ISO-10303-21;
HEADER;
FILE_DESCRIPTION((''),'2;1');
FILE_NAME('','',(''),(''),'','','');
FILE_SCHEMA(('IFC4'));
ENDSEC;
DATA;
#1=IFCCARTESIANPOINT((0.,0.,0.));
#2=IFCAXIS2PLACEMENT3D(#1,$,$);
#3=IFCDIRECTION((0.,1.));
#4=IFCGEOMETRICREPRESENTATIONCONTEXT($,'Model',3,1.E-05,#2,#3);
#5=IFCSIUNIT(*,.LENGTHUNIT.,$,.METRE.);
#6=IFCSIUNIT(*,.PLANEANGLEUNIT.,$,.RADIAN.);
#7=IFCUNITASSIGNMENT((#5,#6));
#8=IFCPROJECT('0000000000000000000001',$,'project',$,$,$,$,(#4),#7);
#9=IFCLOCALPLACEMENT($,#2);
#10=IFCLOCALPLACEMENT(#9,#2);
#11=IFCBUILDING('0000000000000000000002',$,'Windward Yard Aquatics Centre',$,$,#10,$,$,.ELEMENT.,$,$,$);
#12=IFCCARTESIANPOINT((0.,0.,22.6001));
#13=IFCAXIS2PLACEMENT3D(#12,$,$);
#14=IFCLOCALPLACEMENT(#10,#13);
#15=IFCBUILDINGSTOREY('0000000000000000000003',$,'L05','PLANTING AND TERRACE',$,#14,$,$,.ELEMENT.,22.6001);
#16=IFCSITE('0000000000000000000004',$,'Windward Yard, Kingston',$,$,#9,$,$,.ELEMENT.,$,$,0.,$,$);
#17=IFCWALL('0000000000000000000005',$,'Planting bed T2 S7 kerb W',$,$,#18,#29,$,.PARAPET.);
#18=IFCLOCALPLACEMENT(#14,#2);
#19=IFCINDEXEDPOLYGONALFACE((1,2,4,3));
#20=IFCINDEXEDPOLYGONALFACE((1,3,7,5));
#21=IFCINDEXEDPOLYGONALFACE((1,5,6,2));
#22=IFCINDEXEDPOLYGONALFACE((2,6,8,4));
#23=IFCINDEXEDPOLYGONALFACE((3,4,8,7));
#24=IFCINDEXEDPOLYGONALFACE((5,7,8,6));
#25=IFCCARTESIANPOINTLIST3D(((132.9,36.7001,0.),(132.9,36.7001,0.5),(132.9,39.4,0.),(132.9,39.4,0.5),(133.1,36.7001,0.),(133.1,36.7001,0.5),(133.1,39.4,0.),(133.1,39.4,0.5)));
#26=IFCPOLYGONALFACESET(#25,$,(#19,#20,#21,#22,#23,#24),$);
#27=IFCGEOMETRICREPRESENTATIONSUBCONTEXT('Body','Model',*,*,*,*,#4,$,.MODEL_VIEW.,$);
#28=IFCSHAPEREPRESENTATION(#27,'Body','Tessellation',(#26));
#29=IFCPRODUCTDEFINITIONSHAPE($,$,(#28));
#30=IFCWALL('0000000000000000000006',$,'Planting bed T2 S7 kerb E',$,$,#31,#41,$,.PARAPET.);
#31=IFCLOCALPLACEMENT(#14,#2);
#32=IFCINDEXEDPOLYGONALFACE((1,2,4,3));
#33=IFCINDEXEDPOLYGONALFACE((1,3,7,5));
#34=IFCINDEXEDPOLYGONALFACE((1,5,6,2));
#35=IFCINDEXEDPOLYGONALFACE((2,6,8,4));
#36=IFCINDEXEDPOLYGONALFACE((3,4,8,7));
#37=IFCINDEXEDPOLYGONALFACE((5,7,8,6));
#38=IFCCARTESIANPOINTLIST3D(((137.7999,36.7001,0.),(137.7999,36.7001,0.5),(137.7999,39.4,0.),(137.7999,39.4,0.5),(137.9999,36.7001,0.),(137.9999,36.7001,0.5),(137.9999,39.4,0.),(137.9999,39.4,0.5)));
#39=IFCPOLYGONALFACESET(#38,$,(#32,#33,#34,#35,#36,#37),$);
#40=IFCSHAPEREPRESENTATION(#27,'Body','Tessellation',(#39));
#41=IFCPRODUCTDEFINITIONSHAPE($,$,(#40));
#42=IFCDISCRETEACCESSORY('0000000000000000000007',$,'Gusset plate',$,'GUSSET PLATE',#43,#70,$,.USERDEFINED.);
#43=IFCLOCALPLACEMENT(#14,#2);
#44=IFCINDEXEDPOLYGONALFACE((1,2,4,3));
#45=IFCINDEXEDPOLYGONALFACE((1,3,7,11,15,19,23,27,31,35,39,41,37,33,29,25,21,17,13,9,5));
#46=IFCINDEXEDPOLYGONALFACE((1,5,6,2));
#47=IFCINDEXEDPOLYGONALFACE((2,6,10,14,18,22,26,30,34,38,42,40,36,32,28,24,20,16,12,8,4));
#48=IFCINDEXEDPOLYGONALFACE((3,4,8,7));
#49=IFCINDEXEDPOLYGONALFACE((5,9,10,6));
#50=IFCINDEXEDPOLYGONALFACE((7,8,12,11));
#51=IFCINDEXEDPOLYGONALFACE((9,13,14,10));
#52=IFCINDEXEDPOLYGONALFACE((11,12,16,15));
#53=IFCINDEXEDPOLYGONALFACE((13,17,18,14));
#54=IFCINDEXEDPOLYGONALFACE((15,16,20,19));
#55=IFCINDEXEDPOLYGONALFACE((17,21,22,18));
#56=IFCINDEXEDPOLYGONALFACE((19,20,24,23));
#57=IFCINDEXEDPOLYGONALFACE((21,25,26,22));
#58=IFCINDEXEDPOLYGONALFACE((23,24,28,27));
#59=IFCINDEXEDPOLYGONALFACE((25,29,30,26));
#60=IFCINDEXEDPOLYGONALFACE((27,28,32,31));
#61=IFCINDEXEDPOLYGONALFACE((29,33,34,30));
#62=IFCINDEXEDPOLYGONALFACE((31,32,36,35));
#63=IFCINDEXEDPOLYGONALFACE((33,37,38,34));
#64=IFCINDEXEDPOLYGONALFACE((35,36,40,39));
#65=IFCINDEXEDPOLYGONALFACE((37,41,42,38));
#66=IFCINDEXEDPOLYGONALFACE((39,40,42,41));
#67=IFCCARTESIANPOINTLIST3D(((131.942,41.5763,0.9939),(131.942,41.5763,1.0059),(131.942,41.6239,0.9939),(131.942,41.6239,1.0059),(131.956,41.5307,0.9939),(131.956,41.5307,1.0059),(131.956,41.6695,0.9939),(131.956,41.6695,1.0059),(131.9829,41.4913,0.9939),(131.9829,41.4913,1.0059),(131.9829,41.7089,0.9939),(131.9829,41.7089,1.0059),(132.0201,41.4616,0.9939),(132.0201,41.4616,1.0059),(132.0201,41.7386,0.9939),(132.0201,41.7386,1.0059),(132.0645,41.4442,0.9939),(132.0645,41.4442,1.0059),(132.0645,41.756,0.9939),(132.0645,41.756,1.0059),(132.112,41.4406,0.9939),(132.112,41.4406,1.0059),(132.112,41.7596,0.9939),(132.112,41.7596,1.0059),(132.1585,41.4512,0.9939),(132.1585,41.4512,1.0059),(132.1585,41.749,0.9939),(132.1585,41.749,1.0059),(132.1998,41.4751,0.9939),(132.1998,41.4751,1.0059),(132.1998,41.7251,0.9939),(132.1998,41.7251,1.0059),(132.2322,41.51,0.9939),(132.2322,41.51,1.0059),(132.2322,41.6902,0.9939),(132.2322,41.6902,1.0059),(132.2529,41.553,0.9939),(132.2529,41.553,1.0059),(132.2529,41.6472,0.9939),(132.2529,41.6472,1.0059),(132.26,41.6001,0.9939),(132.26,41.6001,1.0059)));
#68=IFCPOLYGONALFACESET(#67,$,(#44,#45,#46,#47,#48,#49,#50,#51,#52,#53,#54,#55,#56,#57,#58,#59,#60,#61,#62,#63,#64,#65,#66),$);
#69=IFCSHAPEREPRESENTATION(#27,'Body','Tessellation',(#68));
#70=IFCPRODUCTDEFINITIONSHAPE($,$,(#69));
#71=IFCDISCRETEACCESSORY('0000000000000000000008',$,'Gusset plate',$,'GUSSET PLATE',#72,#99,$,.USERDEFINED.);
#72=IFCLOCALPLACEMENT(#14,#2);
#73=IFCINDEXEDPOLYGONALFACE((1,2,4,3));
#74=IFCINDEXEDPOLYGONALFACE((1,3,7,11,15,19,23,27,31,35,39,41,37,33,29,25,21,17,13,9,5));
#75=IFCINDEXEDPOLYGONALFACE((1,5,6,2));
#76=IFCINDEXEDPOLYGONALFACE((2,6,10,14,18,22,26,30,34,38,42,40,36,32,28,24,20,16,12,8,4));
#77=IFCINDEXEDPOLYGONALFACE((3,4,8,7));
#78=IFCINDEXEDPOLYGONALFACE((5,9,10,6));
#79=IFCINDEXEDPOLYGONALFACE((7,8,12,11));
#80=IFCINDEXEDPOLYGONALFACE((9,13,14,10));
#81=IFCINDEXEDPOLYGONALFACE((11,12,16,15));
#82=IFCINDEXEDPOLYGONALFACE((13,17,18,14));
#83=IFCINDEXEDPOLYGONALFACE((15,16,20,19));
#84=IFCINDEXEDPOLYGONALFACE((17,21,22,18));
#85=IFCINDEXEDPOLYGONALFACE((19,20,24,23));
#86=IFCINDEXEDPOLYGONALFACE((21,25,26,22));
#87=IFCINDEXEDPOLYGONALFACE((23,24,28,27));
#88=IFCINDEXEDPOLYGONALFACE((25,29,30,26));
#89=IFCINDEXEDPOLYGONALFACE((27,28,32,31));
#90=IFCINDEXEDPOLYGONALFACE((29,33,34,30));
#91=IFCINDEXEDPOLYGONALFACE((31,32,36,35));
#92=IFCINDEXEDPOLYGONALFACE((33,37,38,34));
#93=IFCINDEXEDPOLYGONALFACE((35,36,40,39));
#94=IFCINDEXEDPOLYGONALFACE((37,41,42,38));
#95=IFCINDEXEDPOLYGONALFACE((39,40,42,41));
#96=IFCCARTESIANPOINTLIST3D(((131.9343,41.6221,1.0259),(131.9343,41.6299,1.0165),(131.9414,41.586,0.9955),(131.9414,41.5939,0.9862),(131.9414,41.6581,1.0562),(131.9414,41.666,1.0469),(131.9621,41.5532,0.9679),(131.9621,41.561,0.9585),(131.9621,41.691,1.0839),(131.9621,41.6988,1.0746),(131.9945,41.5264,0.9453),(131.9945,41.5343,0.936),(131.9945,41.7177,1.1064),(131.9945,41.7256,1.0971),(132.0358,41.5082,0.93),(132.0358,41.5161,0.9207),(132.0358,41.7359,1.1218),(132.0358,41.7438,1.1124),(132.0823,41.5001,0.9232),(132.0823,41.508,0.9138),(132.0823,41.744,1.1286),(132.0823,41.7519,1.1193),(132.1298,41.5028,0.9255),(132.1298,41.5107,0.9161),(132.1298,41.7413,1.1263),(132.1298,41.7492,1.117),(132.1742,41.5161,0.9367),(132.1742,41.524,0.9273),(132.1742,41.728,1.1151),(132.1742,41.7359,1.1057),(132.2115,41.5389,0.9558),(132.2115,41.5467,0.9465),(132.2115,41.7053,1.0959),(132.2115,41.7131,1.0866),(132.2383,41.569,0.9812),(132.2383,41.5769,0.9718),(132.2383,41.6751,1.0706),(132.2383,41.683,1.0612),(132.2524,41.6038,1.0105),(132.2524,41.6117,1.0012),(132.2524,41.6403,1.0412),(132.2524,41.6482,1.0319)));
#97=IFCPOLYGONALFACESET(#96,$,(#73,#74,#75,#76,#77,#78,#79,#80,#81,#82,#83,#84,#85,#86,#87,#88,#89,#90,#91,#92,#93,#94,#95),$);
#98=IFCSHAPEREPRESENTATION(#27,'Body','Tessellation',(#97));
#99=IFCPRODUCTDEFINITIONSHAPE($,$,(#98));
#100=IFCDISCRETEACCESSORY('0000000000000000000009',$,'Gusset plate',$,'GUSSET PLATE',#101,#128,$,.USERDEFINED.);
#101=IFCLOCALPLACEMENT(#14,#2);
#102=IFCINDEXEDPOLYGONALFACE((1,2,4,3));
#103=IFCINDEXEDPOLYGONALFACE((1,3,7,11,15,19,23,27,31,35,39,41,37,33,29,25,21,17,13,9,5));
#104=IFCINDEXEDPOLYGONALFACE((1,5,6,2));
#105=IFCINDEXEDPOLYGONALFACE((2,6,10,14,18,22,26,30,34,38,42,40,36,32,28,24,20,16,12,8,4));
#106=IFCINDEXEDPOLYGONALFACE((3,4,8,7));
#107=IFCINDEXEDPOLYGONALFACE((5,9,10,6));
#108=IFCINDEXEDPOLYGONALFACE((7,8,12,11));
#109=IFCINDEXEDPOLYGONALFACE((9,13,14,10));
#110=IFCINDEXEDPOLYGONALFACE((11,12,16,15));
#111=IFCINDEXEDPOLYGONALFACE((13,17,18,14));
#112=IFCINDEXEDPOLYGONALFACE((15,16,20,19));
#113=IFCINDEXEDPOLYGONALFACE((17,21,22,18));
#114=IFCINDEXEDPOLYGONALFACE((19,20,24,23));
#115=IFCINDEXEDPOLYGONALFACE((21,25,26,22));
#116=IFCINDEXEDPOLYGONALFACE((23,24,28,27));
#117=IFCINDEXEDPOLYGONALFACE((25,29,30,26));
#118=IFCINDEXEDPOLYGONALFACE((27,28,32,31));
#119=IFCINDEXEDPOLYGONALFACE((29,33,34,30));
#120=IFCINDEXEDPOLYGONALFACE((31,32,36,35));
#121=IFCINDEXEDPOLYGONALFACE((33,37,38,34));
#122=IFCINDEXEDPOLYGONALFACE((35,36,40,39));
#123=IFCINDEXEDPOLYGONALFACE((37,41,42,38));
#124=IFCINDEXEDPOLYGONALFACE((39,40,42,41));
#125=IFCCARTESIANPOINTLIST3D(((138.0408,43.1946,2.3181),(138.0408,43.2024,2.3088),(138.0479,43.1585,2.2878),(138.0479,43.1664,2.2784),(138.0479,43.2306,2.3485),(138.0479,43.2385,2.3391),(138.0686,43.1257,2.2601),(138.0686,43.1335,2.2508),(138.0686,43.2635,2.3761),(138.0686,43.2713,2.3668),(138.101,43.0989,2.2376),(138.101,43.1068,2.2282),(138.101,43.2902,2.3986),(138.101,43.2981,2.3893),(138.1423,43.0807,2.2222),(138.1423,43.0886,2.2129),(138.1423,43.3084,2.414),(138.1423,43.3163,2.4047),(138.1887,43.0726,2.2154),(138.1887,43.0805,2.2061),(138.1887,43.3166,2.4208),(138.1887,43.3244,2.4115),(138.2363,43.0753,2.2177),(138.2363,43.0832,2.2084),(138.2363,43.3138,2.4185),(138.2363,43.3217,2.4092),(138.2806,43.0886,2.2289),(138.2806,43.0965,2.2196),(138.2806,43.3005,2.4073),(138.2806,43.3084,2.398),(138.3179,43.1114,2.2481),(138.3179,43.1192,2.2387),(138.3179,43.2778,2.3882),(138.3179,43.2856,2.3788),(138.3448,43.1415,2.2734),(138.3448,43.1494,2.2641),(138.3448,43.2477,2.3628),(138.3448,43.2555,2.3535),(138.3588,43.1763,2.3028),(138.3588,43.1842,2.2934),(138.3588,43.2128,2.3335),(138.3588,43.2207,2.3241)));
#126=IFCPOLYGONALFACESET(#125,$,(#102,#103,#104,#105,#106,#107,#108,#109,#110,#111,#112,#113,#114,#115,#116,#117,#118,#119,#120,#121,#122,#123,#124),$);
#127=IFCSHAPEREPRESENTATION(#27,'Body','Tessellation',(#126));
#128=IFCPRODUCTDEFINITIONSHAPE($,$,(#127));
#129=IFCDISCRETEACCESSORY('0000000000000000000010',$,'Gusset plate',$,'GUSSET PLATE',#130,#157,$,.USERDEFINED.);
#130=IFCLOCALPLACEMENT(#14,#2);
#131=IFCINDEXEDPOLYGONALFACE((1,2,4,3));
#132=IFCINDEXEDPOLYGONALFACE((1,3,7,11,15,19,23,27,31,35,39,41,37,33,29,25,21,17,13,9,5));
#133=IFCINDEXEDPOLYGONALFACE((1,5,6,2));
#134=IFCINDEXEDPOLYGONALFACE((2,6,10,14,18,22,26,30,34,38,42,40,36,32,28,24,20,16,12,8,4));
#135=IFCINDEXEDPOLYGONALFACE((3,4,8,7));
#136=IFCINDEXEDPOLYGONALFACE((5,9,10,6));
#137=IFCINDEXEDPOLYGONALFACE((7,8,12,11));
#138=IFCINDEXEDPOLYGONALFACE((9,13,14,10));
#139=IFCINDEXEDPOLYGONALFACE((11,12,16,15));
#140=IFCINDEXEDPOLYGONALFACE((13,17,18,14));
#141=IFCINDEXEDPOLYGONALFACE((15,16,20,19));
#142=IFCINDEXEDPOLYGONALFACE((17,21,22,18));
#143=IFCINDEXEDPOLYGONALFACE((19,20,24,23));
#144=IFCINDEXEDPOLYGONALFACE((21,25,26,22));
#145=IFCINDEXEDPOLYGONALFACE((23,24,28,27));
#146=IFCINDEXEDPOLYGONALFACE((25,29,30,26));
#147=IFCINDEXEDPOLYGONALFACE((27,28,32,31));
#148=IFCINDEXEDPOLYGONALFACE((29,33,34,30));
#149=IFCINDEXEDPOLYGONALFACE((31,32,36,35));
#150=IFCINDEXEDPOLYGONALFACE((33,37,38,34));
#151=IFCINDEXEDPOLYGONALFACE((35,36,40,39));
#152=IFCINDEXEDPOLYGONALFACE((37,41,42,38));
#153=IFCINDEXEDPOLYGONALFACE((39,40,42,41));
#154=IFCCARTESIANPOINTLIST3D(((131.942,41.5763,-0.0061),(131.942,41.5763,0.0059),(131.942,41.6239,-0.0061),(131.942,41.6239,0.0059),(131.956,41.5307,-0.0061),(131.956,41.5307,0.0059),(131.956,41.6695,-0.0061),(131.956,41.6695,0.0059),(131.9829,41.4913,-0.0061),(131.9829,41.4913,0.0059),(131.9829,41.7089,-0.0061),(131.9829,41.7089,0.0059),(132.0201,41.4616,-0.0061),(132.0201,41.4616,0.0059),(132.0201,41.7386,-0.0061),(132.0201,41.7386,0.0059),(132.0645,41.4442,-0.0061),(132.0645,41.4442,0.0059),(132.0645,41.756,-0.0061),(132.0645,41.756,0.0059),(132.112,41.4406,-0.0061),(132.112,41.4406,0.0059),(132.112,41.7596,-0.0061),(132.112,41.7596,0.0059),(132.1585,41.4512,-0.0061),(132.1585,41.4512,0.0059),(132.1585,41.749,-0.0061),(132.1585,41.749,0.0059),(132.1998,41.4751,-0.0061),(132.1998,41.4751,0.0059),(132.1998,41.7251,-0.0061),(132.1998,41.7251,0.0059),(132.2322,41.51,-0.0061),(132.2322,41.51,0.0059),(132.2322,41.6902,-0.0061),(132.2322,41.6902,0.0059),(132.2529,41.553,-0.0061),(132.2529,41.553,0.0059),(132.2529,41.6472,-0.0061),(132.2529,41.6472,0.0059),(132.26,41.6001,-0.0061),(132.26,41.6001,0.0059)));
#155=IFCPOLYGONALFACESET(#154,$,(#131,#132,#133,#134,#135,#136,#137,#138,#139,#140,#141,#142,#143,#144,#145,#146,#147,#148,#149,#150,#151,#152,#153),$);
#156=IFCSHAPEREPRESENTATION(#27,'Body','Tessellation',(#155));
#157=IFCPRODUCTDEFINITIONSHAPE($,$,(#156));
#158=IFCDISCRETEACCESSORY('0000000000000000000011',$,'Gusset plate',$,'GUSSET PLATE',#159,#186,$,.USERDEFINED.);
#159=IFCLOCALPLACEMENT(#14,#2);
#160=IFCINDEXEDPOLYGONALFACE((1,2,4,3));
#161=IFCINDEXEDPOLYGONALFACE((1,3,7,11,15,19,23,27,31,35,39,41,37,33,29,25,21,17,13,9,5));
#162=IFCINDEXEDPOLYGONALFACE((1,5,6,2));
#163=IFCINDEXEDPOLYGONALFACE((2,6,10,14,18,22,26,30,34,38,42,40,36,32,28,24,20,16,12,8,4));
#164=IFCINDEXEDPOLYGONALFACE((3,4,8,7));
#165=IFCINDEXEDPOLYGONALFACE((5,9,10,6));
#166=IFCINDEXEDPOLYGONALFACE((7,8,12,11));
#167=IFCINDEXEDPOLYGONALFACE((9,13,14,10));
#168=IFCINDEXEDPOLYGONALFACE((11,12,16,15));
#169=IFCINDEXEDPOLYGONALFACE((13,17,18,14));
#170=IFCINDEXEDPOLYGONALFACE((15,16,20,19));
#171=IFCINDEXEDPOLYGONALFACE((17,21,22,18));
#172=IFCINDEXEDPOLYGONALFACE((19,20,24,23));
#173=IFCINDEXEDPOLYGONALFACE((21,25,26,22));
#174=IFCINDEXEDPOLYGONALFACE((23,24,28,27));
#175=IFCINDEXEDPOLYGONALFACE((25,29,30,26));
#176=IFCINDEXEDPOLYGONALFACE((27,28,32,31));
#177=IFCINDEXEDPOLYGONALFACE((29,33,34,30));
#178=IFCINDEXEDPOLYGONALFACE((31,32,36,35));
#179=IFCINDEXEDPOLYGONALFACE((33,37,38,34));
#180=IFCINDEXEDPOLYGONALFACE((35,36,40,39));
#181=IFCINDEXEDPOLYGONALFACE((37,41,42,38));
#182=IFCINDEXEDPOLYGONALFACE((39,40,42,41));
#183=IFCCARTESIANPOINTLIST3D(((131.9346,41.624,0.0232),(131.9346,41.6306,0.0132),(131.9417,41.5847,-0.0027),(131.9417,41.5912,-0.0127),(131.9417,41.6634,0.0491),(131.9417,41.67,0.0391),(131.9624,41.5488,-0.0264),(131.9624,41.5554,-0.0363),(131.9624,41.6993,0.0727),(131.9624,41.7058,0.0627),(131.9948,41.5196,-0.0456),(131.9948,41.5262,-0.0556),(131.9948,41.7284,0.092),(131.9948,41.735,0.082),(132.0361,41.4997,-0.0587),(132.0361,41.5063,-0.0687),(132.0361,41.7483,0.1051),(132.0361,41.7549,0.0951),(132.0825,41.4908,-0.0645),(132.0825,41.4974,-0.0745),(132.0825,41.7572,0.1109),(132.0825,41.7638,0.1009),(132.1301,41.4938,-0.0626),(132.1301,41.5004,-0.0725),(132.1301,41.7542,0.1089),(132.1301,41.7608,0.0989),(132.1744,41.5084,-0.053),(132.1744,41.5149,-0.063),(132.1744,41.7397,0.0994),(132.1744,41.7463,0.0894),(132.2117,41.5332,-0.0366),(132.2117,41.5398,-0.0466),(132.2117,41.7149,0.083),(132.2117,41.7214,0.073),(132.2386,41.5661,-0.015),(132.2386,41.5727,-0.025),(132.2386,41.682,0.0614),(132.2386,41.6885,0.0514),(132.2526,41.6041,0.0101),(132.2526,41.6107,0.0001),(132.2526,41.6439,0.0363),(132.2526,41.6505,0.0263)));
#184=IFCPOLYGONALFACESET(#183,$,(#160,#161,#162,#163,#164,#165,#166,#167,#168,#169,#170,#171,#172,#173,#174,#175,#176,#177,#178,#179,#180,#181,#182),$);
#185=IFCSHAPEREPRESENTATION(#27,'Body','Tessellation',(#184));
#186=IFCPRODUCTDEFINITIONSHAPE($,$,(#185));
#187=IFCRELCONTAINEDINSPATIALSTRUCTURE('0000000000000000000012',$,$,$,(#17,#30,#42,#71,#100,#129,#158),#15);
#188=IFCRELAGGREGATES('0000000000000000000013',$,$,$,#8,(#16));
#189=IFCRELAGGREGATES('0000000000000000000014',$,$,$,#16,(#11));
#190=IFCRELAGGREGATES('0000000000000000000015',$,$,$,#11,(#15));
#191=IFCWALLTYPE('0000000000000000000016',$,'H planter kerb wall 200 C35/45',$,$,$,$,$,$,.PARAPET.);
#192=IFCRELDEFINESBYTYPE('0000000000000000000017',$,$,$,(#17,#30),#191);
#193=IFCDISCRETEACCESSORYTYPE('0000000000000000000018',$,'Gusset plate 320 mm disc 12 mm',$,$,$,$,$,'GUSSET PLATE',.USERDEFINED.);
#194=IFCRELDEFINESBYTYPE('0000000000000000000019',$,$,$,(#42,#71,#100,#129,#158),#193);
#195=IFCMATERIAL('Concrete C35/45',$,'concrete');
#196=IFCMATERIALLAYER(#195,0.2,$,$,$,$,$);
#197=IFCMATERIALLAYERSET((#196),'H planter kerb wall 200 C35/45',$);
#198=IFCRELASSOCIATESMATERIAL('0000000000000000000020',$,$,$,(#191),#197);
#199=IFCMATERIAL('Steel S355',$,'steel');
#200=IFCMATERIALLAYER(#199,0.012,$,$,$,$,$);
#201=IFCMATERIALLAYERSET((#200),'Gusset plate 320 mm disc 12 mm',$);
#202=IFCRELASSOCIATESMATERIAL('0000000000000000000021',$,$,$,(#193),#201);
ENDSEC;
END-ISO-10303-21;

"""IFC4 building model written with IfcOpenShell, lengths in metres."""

from ifc_helpers import new_model, si_unit, direction, frame, frame_2d, origin, origin_2d, place, context, subcontext, project, spatial, rectangle, circle, extrude, material, layer, layer_set, type_object, element, save


model = new_model("IFC4")

# Units and contexts
model_context = context("Model", 3, precision=1e-05, world=origin(), true_north=direction((0.0, 1.0)))
body_context = subcontext(model_context, "Body", "Model", "MODEL_VIEW")
ifc_project = project(units=[si_unit("LENGTHUNIT", "METRE"), si_unit("PLANEANGLEUNIT", "RADIAN")], contexts=[model_context])

# Site, building, storey
site_placement = place(None, origin())
site = spatial("IfcSite", under=ifc_project, at=site_placement, Name="Windward Yard, Kingston", CompositionType="ELEMENT", RefElevation=0.0)
building_placement = place(site_placement, origin())
building = spatial("IfcBuilding", under=site, at=building_placement, Name="Windward Yard Aquatics Centre", CompositionType="ELEMENT")
storey_placement = place(building_placement, frame((0.0, 0.0, 22.6001)))
storey = spatial("IfcBuildingStorey", under=building, at=storey_placement, Name="L05", Description="PLANTING AND TERRACE", CompositionType="ELEMENT", Elevation=22.6001)

# Walls
ifc_material_1 = material(Name="Concrete C35/45", Category="concrete")
ifc_layer_1 = layer(ifc_material_1, 0.2)
ifc_layer_set_1 = layer_set([ifc_layer_1], Name="H planter kerb wall 200 C35/45")
wall_type = type_object("IfcWallType", Name="H planter kerb wall 200 C35/45", PredefinedType="PARAPET", material=ifc_layer_set_1)
for number, where, z_axis, x_axis, name in (
    (1, (133.0, 36.7, 0.0), (0.0, 0.0, 1.0), (0.0, 1.0, 0.0), "Planting bed T2 S7 kerb W"),
    (2, (137.8999, 36.7, 0.0), (0.0, 0.0, 1.0), (0.0, 1.0, 0.0), "Planting bed T2 S7 kerb E"),
):
    element("IfcWall", number, at=place(storey_placement, frame(where, z_axis=z_axis, x_axis=x_axis)), inside=storey, type_object=wall_type, Name=name, PredefinedType="PARAPET", context=body_context, shape_type="SweptSolid", body=[
        extrude(rectangle(XDim=2.7, YDim=0.2, at=frame_2d((1.3501, 0.0))), origin(), (0.0, 0.0, 1.0), 0.5),
    ])

# Discrete accessories
ifc_material_2 = material(Name="Steel S355", Category="steel")
ifc_layer_2 = layer(ifc_material_2, 0.012)
ifc_layer_set_2 = layer_set([ifc_layer_2], Name="Gusset plate 320 mm disc 12 mm")
discrete_accessory_type = type_object("IfcDiscreteAccessoryType", Name="Gusset plate 320 mm disc 12 mm", ElementType="GUSSET PLATE", PredefinedType="USERDEFINED", material=ifc_layer_set_2)
discrete_accessory_placement = place(storey_placement, frame((132.1001, 41.6001, 0.9939), z_axis=(0.0, 0.0, 1.0), x_axis=(1.0, 0.0, 0.0)))
element("IfcDiscreteAccessory", 3, at=discrete_accessory_placement, inside=storey, type_object=discrete_accessory_type, Name="Gusset plate", ObjectType="GUSSET PLATE", PredefinedType="USERDEFINED", context=body_context, shape_type="SweptSolid", body=[
    extrude(circle(Radius=0.1599, at=origin_2d()), origin(), (0.0, 0.0, 1.0), 0.012),
])
for number, where, z_axis, x_axis, name in (
    (4, (132.0942, 41.6221, 1.0259), (0.0, 0.644136, -0.764911), (-1.0, 0.0, 0.0), "Gusset plate"),
    (5, (138.2007, 43.1946, 2.3181), (0.0, 0.644136, -0.764911), (-1.0, 0.0, 0.0), "Gusset plate"),
):
    element("IfcDiscreteAccessory", number, at=place(storey_placement, frame(where, z_axis=z_axis, x_axis=x_axis)), inside=storey, type_object=discrete_accessory_type, Name=name, ObjectType="GUSSET PLATE", PredefinedType="USERDEFINED", context=body_context, shape_type="SweptSolid", body=[
        extrude(circle(Radius=0.1599, at=origin_2d()), origin(), (0.0, 0.0, 1.0), 0.0122),
    ])
for number, where, z_axis, x_axis, name in (
    (6, (132.1001, 41.6001, -0.0061), (0.0, 0.0, 1.0), (1.0, 0.0, 0.0), "Gusset plate"),
    (7, (132.0945, 41.624, 0.0232), (0.0, 0.549991, -0.835171), (-1.0, 0.0, 0.0), "Gusset plate"),
):
    element("IfcDiscreteAccessory", number, at=place(storey_placement, frame(where, z_axis=z_axis, x_axis=x_axis)), inside=storey, type_object=discrete_accessory_type, Name=name, ObjectType="GUSSET PLATE", PredefinedType="USERDEFINED", context=body_context, shape_type="SweptSolid", body=[
        extrude(circle(Radius=0.1599, at=origin_2d()), origin(), (0.0, 0.0, 1.0), 0.012),
    ])

save(model, "model.ifc")
